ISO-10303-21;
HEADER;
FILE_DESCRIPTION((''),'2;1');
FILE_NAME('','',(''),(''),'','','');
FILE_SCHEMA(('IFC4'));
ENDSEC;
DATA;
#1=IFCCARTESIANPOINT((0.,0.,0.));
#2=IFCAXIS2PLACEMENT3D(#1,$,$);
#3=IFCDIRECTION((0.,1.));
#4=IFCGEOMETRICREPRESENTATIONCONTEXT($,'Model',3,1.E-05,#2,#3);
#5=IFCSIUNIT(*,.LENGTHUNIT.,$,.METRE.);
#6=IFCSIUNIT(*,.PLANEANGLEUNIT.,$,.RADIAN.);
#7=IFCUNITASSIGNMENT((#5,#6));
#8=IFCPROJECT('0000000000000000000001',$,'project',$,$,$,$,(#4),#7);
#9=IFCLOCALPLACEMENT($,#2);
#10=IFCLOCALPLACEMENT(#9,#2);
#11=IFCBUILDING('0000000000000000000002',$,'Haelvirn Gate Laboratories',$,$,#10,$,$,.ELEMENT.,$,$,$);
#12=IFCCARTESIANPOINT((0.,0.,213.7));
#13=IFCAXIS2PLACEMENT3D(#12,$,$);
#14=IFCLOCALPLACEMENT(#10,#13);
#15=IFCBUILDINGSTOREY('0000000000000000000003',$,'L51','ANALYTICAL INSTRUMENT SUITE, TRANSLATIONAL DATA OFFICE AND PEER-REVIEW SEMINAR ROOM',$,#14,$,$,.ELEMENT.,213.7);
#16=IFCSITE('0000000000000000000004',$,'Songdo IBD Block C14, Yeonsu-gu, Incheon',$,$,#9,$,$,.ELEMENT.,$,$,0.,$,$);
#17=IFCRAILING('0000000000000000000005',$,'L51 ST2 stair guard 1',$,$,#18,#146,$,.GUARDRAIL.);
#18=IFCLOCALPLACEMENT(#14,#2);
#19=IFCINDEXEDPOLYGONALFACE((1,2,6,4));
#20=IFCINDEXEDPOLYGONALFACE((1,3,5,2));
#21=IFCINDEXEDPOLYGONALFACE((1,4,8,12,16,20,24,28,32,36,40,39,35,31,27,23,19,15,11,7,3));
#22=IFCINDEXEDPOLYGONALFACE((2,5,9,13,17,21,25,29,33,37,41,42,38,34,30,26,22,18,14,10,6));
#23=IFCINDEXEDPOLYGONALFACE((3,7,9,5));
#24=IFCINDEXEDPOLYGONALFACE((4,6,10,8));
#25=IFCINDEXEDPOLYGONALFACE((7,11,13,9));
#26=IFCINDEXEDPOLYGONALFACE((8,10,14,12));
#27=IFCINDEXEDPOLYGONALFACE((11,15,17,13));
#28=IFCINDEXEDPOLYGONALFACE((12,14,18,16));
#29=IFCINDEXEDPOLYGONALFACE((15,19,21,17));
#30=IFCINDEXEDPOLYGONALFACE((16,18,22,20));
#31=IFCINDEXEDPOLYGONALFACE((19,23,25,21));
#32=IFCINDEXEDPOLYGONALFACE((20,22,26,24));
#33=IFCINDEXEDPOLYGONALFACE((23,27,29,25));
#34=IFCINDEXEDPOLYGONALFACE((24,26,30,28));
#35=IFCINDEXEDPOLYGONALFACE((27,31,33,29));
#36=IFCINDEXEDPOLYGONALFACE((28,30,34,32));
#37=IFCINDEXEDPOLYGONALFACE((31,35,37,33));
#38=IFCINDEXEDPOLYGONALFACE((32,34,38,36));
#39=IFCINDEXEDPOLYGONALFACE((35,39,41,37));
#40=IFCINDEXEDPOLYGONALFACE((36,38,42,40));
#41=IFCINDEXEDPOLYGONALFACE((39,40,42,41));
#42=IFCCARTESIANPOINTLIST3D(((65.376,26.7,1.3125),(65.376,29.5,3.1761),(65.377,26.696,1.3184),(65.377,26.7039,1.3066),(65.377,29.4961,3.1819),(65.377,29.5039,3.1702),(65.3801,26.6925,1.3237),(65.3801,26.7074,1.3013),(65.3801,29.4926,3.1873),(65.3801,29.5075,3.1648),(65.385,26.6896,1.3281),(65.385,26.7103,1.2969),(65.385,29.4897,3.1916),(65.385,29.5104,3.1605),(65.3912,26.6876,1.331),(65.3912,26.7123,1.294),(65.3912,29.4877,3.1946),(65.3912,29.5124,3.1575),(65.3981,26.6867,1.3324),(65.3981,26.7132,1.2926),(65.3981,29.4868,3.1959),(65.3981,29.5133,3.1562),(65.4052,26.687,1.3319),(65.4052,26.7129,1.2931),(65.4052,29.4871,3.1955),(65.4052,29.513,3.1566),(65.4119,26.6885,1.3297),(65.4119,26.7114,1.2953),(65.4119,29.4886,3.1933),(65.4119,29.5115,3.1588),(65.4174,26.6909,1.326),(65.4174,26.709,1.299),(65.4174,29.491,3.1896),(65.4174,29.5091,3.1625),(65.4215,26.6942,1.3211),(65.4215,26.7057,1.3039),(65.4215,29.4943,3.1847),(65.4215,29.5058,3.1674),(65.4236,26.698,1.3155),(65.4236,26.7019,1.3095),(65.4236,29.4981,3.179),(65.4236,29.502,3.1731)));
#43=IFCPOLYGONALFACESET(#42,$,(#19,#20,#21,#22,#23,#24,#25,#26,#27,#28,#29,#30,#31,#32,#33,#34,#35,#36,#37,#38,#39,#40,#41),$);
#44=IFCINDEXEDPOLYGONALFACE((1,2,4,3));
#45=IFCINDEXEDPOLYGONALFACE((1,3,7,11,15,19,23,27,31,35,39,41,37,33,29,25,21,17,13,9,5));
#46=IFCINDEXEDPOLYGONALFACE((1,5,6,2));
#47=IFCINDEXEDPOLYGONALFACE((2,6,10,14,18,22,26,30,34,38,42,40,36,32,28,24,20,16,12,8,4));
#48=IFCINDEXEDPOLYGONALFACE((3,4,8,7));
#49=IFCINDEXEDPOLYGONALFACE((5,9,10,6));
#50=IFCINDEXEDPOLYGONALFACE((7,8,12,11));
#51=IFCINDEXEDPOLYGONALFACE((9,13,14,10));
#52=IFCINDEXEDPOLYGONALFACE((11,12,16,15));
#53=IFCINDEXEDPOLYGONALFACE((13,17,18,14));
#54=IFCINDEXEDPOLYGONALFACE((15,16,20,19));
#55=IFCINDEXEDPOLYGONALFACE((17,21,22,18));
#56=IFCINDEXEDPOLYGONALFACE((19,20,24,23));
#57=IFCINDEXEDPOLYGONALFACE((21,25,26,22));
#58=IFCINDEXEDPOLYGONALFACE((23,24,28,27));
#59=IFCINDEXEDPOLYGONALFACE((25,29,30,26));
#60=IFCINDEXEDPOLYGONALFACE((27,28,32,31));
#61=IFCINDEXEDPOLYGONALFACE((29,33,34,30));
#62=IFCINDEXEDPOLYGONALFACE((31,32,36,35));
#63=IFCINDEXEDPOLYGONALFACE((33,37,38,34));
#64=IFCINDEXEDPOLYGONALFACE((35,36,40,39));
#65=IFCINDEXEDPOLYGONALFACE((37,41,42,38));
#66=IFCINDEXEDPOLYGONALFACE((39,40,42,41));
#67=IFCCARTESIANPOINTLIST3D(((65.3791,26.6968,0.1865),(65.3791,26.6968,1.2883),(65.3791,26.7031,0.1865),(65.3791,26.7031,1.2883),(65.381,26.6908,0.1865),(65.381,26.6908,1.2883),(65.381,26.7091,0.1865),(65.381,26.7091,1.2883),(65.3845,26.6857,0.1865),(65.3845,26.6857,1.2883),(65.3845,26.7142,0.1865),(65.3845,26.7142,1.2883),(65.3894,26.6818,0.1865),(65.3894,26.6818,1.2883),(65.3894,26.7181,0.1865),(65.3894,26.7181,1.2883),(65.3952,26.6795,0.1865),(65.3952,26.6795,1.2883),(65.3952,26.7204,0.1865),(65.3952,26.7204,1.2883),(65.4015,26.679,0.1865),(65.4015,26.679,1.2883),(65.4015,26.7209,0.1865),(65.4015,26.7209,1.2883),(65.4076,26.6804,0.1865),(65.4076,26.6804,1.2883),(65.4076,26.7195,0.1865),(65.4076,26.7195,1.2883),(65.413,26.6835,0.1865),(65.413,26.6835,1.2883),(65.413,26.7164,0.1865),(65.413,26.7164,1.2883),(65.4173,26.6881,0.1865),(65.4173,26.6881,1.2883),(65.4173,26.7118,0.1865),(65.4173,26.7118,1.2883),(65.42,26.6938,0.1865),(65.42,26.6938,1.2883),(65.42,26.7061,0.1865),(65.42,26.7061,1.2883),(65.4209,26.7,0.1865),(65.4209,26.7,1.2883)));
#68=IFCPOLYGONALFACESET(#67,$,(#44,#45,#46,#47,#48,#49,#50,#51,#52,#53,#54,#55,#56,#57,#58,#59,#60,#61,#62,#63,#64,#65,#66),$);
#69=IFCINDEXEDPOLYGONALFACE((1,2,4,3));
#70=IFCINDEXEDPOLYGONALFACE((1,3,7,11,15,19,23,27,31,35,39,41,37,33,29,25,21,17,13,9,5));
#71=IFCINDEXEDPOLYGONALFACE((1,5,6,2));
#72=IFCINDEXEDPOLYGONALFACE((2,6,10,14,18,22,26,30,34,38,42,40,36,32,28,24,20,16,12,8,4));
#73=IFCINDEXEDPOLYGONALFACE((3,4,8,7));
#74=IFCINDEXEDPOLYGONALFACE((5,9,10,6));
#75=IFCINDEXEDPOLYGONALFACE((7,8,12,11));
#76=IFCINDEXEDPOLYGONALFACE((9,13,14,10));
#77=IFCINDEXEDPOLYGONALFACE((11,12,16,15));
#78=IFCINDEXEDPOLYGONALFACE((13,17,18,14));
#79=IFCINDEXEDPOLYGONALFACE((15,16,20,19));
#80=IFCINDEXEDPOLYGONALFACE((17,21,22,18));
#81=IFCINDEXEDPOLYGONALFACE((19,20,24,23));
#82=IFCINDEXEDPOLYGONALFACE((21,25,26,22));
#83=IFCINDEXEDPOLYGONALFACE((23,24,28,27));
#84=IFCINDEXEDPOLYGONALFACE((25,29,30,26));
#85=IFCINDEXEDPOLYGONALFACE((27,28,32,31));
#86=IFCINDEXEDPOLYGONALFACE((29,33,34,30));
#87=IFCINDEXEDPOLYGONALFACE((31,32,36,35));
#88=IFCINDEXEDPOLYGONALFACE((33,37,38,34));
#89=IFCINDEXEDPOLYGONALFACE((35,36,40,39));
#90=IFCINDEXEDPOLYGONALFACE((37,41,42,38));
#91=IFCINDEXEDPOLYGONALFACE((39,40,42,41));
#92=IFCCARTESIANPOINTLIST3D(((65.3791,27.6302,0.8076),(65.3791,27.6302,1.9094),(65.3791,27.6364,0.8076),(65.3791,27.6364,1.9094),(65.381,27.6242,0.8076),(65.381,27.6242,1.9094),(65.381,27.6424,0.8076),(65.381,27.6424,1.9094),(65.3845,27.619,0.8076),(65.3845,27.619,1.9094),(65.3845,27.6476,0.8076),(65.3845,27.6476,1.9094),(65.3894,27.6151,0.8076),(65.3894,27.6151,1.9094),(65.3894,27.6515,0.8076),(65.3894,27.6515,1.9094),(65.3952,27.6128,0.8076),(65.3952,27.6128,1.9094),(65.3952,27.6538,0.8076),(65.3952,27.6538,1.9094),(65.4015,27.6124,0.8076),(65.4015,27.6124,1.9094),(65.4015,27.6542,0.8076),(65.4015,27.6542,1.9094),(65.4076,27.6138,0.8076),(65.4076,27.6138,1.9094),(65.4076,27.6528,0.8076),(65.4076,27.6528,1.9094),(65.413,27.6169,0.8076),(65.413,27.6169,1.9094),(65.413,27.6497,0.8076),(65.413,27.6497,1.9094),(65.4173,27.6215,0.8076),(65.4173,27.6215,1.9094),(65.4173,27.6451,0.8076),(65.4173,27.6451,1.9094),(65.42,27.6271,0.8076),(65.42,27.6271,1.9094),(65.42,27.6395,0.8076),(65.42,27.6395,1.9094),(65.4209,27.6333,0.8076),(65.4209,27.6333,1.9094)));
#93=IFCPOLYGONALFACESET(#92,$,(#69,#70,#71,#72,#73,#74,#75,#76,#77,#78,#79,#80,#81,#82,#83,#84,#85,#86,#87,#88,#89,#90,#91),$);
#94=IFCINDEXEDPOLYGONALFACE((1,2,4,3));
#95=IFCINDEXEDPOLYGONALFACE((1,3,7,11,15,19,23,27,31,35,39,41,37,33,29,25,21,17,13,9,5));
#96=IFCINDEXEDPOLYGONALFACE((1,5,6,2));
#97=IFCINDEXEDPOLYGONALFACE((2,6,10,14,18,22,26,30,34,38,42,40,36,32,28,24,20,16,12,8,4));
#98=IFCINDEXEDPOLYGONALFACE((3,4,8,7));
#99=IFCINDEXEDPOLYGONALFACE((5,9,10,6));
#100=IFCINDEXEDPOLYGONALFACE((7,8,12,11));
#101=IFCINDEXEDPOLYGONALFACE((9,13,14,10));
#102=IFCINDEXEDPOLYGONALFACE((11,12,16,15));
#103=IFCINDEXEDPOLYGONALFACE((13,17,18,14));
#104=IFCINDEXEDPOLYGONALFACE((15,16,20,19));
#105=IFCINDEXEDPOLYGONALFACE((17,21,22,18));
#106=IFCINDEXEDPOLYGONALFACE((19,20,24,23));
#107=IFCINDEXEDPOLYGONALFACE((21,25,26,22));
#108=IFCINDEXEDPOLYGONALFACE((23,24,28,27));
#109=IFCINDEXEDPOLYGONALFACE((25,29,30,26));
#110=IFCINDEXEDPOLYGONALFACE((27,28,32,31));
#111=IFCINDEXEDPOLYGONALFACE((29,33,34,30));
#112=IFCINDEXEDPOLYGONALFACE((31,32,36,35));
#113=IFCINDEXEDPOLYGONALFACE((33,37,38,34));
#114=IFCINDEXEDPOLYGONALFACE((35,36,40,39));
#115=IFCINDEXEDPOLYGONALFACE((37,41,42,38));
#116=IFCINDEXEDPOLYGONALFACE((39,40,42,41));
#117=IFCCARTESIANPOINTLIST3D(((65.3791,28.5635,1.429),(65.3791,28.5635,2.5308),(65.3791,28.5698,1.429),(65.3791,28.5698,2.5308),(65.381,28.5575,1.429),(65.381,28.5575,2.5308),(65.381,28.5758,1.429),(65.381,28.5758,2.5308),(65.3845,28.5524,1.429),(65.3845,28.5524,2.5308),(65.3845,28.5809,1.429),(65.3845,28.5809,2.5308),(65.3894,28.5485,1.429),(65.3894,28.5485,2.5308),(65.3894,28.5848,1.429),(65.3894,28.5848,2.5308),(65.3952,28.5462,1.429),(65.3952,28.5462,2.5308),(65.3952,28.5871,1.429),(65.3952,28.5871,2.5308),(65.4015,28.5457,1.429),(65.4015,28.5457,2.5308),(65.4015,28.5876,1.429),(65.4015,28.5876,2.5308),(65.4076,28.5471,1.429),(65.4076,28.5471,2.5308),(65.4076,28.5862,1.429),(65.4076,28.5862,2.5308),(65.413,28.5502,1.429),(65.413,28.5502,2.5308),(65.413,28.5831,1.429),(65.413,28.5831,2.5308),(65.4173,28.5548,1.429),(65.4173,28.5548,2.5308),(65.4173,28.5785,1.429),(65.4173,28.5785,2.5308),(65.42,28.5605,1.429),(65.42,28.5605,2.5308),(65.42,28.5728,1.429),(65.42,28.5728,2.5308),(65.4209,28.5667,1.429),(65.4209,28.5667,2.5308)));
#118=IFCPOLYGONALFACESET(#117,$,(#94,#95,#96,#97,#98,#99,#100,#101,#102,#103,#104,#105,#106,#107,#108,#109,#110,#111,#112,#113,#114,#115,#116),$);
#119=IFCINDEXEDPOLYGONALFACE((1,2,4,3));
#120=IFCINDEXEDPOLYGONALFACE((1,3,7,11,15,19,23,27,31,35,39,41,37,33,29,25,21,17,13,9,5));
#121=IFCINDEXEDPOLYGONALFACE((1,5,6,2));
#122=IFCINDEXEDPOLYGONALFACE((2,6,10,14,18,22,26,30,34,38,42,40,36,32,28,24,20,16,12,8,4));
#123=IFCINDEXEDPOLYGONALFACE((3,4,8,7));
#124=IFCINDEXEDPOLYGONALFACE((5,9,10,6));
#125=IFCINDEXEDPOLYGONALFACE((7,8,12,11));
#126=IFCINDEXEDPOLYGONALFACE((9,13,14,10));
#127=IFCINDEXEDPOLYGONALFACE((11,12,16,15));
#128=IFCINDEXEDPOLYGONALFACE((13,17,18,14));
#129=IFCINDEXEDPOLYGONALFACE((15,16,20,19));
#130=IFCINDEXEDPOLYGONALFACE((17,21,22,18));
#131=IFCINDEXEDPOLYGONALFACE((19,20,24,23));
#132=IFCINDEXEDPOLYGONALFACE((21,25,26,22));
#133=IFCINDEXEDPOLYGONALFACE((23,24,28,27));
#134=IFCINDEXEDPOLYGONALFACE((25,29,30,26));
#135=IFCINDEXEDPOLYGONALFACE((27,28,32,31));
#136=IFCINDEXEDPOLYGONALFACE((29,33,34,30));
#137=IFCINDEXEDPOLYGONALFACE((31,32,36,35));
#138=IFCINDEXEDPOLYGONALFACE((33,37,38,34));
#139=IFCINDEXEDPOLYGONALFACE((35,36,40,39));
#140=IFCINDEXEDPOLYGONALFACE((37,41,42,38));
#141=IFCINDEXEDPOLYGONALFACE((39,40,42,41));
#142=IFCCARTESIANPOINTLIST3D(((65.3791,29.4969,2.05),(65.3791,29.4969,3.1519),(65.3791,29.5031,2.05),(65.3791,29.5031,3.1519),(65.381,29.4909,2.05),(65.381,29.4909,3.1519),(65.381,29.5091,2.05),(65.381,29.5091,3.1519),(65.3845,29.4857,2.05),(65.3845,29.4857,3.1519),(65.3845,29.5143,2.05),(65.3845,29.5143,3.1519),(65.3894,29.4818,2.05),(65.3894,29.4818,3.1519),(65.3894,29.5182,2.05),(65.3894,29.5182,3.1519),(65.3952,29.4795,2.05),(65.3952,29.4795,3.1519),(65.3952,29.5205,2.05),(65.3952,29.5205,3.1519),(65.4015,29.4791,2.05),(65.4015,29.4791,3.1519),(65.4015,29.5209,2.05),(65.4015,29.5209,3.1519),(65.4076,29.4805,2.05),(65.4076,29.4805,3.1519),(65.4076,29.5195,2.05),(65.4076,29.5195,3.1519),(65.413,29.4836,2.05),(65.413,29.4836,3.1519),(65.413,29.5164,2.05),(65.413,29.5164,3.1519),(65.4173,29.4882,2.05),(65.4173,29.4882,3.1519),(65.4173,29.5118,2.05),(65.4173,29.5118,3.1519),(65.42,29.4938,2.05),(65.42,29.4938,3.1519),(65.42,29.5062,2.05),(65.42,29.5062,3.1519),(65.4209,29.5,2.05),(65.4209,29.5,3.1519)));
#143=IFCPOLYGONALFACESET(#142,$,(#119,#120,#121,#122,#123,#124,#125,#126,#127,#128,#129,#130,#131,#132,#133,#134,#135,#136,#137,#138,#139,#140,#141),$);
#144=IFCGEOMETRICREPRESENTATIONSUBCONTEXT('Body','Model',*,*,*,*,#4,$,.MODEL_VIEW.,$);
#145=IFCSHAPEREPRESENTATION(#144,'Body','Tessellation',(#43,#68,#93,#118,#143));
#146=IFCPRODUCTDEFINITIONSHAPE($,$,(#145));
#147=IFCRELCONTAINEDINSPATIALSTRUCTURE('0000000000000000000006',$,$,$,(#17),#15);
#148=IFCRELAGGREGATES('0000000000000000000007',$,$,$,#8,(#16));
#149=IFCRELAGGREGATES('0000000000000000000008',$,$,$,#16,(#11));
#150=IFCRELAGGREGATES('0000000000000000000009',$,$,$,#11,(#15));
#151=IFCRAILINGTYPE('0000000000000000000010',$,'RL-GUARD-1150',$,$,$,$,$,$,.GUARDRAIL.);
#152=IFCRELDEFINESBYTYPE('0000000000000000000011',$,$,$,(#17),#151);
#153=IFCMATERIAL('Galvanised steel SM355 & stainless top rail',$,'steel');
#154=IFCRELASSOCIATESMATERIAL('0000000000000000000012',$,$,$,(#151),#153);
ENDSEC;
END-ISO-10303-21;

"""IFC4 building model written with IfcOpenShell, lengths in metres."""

from ifc_helpers import new_model, si_unit, direction, frame, origin, origin_2d, place, context, subcontext, project, spatial, circle, extrude, source, transform, mapped, material, type_object, element, save


model = new_model("IFC4")

# Units and contexts
model_context = context("Model", 3, precision=1e-05, world=origin(), true_north=direction((0.0, 1.0)))
body_context = subcontext(model_context, "Body", "Model", "MODEL_VIEW")
ifc_project = project(units=[si_unit("LENGTHUNIT", "METRE"), si_unit("PLANEANGLEUNIT", "RADIAN")], contexts=[model_context])

# Site, building, storey
site_placement = place(None, origin())
site = spatial("IfcSite", under=ifc_project, at=site_placement, Name="Songdo IBD Block C14, Yeonsu-gu, Incheon", CompositionType="ELEMENT", RefElevation=0.0)
building_placement = place(site_placement, origin())
building = spatial("IfcBuilding", under=site, at=building_placement, Name="Haelvirn Gate Laboratories", CompositionType="ELEMENT")
storey_placement = place(building_placement, frame((0.0, 0.0, 213.7)))
storey = spatial("IfcBuildingStorey", under=building, at=storey_placement, Name="L51", Description="ANALYTICAL INSTRUMENT SUITE, TRANSLATIONAL DATA OFFICE AND PEER-REVIEW SEMINAR ROOM", CompositionType="ELEMENT", Elevation=213.7)

# Railing
ifc_material_1 = material(Name="Galvanised steel SM355 & stainless top rail", Category="steel")
railing_type_1 = type_object("IfcRailingType", Name="RL-GUARD-1150", PredefinedType="GUARDRAIL", material=ifc_material_1)
shared_shape_1 = source(origin(), body_context, "Body", "SweptSolid", [
    extrude(circle(Radius=0.0239, at=origin_2d()), frame((0.0, 0.0, 1.126), z_axis=(0.0, 0.832486, 0.554047), x_axis=(-1.0, 0.0, 0.0)), (0.0, 0.0, 1.0), 3.3635),
    extrude(circle(Radius=0.021, at=origin_2d()), origin(), (0.0, 0.0, 1.0), 1.1018),
    extrude(circle(Radius=0.021, at=origin_2d()), frame((0.0, 0.9333, 0.6211)), (0.0, 0.0, 1.0), 1.1018),
    extrude(circle(Radius=0.021, at=origin_2d()), frame((0.0, 1.8667, 1.2424)), (0.0, 0.0, 1.0), 1.1018),
    extrude(circle(Radius=0.021, at=origin_2d()), frame((0.0, 2.8, 1.8635)), (0.0, 0.0, 1.0), 1.1018),
])
railing_1_placement = place(storey_placement, frame((65.3999, 26.7, 0.1865)))
element("IfcRailing", 1, at=railing_1_placement, inside=storey, type_object=railing_type_1, Name="L51 ST2 stair guard 1", PredefinedType="GUARDRAIL", context=body_context, shape_type="MappedRepresentation", body=[
    mapped(shared_shape_1, transform((0.0, 0.0, 0.0), scale=1.0)),
])

save(model, "model.ifc")
